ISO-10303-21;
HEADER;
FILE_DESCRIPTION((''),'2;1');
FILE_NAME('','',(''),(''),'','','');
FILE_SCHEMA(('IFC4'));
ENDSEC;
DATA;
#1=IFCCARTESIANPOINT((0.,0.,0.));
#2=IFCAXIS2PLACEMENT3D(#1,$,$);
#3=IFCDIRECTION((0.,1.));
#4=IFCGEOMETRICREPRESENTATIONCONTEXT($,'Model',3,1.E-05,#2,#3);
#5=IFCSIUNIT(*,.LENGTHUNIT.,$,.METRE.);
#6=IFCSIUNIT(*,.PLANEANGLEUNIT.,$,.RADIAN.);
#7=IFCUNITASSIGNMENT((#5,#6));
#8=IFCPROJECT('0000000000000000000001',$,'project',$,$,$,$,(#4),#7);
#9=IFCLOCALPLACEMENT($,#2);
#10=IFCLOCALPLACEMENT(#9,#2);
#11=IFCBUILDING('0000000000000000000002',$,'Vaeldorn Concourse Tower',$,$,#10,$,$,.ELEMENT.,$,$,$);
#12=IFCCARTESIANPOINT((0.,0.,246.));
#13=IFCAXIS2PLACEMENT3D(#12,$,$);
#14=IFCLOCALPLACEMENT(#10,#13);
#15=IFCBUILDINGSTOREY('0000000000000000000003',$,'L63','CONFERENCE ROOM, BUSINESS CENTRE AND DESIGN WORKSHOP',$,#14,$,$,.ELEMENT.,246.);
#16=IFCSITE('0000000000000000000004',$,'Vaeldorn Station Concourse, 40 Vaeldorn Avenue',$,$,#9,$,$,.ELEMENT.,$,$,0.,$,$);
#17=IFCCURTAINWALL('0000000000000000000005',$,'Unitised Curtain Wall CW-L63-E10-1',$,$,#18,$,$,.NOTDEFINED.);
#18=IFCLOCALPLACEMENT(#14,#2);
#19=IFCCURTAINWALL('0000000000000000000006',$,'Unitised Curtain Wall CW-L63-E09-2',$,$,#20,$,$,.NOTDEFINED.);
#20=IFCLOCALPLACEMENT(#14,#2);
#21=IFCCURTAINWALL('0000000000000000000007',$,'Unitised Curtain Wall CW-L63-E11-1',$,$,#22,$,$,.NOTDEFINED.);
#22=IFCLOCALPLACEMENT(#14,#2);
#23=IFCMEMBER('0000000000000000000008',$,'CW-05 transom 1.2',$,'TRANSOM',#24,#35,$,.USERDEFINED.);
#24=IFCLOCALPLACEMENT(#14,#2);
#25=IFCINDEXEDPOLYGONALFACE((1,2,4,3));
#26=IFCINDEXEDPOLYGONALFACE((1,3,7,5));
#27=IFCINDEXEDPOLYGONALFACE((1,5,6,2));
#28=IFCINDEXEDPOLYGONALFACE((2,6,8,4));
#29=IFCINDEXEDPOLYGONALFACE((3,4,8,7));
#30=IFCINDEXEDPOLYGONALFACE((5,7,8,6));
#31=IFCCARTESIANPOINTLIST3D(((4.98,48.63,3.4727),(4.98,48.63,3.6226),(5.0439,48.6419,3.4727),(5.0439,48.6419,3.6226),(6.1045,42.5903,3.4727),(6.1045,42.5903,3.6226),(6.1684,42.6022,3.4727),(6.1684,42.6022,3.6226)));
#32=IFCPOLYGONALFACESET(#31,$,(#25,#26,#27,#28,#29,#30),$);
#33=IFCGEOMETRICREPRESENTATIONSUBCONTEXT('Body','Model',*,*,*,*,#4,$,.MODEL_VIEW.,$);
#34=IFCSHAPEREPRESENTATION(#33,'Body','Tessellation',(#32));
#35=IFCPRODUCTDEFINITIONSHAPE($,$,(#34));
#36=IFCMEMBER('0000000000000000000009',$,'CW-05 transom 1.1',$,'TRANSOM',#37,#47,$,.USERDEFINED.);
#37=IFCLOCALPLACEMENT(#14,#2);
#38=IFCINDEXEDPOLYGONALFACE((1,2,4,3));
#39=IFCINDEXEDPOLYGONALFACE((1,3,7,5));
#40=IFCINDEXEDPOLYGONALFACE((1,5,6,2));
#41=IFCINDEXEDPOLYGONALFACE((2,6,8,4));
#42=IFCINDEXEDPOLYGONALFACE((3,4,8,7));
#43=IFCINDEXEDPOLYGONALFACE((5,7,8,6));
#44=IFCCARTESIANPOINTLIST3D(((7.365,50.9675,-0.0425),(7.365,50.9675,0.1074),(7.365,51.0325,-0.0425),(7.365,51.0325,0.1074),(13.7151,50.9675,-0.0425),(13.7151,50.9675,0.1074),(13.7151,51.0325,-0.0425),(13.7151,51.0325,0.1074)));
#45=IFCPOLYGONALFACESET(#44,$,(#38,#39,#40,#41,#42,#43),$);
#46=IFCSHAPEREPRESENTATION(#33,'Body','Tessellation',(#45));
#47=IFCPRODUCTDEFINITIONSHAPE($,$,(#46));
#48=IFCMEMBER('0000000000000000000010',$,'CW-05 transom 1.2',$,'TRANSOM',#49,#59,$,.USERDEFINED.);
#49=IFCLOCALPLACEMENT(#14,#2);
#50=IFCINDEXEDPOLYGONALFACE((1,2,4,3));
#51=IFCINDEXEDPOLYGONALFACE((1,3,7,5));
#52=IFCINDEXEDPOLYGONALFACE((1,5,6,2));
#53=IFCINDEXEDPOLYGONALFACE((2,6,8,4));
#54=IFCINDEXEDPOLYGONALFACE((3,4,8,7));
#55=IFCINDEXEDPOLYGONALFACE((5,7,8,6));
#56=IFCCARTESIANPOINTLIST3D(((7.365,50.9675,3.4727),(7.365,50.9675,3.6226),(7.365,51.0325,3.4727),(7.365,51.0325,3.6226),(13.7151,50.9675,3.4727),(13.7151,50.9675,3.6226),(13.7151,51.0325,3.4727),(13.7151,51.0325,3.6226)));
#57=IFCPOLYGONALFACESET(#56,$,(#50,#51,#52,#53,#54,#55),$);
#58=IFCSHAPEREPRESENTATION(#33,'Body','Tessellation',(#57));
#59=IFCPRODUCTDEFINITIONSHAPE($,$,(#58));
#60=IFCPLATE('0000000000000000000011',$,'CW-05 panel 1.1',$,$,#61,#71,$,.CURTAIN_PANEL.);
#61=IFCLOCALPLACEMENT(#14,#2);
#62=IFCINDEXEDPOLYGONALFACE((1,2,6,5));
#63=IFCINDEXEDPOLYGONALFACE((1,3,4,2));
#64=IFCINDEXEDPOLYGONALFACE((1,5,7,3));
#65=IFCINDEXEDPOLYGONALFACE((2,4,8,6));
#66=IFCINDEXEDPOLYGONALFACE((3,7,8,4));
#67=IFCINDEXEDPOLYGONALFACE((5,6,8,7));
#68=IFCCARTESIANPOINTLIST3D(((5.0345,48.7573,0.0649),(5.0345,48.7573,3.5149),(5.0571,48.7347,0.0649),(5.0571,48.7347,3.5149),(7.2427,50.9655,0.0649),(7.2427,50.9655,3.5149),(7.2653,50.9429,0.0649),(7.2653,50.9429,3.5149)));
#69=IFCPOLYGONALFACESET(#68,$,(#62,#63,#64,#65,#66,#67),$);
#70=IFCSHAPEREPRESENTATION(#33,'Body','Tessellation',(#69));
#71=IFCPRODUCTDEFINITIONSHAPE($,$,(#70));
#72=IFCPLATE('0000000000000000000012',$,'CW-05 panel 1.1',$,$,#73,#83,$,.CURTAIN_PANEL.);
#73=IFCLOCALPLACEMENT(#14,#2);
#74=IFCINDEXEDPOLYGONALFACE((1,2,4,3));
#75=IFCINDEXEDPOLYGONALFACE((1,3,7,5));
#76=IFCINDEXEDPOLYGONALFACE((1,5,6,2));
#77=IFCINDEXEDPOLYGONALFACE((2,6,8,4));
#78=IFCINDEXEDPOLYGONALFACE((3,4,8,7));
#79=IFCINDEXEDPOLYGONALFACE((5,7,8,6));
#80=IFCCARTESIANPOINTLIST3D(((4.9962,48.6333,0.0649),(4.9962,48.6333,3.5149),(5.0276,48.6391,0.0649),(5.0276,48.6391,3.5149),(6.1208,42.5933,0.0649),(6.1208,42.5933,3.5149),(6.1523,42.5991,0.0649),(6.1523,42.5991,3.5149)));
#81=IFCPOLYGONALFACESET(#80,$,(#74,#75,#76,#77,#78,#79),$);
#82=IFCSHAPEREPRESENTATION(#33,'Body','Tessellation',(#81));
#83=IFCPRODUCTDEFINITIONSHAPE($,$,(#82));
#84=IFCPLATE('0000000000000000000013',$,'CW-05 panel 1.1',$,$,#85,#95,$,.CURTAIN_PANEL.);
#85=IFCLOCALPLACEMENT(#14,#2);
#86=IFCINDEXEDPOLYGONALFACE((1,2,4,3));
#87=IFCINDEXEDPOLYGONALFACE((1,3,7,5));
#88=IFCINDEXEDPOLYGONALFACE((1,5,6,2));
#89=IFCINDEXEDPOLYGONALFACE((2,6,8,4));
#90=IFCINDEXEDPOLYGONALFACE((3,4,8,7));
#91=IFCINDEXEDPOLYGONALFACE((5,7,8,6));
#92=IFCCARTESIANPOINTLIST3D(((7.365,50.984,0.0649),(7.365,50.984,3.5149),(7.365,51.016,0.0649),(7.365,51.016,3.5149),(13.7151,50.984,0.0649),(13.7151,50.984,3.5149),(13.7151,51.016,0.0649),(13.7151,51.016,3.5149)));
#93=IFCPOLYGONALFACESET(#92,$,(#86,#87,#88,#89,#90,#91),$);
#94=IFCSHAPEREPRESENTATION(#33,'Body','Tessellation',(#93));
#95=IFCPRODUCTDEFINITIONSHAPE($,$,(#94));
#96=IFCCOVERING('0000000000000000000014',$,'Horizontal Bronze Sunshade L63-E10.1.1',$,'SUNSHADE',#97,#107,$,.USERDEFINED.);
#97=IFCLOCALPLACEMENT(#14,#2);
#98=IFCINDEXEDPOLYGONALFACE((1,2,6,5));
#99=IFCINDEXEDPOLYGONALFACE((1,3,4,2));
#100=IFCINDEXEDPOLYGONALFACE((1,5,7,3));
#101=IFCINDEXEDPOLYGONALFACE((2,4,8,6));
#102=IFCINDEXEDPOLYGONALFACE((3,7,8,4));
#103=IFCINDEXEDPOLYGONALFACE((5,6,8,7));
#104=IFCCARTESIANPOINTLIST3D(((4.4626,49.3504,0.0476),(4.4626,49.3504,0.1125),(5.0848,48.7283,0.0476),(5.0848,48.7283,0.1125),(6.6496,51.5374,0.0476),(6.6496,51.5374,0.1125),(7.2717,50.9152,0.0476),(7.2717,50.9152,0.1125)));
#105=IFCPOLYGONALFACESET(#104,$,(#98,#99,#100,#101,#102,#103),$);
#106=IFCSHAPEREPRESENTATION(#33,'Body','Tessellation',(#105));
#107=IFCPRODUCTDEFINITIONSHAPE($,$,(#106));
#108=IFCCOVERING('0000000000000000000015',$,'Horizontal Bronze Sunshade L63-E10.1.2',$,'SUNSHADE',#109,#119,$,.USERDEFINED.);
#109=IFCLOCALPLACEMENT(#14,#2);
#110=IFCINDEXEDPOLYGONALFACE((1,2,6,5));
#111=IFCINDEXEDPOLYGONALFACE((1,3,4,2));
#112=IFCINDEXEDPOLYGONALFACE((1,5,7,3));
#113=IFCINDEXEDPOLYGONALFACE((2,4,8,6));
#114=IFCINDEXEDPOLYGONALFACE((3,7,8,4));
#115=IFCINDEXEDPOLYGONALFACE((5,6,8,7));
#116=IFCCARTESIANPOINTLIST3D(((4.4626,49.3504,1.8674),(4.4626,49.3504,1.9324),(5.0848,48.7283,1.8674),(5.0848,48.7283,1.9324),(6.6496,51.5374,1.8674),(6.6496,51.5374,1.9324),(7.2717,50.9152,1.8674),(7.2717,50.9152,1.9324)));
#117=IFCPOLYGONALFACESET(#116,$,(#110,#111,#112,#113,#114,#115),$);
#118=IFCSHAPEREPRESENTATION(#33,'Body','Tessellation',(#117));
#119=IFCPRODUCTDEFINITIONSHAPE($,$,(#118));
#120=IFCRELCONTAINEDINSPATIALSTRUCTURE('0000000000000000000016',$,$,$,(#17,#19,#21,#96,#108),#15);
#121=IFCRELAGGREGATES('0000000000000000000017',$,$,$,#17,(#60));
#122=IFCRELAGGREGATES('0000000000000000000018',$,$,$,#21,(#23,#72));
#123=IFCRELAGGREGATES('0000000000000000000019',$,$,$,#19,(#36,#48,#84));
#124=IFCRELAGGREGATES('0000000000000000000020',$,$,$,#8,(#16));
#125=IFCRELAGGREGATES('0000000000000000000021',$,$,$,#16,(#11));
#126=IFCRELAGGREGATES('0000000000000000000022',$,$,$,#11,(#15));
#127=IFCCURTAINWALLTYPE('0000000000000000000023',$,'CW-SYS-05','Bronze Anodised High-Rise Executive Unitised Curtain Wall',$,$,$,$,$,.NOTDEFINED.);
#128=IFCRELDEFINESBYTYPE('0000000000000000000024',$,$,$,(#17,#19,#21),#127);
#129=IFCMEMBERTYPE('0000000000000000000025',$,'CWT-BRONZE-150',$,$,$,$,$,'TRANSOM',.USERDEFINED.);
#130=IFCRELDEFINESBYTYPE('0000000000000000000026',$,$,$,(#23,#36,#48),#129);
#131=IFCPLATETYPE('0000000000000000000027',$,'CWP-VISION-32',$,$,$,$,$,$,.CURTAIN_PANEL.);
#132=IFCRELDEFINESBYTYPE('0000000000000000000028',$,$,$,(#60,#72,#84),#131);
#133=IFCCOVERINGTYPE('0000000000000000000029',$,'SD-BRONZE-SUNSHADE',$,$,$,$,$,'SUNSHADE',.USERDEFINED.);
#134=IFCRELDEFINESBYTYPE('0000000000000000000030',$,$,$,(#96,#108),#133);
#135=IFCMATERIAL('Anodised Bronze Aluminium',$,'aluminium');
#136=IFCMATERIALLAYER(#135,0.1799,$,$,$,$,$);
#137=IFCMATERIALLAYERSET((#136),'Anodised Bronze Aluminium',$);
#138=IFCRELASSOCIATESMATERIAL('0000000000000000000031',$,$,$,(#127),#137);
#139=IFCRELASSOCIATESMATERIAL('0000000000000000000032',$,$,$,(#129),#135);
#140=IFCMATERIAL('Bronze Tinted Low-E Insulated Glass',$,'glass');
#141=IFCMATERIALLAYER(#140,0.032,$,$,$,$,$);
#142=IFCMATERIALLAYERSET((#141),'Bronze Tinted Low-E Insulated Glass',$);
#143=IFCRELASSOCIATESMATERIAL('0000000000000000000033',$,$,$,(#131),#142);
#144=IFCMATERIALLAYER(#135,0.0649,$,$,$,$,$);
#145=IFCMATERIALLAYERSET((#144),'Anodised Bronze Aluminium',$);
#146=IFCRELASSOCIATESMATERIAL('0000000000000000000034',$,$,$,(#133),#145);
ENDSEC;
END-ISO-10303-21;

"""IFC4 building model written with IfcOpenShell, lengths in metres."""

from ifc_helpers import new_model, si_unit, direction, frame, origin, origin_2d, place, context, subcontext, project, spatial, rectangle, extrude, source, transform, mapped, material, layer, layer_set, material_profile, profile_set, type_object, element, aggregate, save


model = new_model("IFC4")

# Units and contexts
model_context = context("Model", 3, precision=1e-05, world=origin(), true_north=direction((0.0, 1.0)))
body_context = subcontext(model_context, "Body", "Model", "MODEL_VIEW")
ifc_project = project(units=[si_unit("LENGTHUNIT", "METRE"), si_unit("PLANEANGLEUNIT", "RADIAN")], contexts=[model_context])

# Site, building, storey
site_placement = place(None, origin())
site = spatial("IfcSite", under=ifc_project, at=site_placement, Name="Vaeldorn Station Concourse, 40 Vaeldorn Avenue", CompositionType="ELEMENT", RefElevation=0.0)
building_placement = place(site_placement, origin())
building = spatial("IfcBuilding", under=site, at=building_placement, Name="Vaeldorn Concourse Tower", CompositionType="ELEMENT")
storey_placement = place(building_placement, frame((0.0, 0.0, 246.0)))
storey = spatial("IfcBuildingStorey", under=building, at=storey_placement, Name="L63", Description="CONFERENCE ROOM, BUSINESS CENTRE AND DESIGN WORKSHOP", CompositionType="ELEMENT", Elevation=246.0)

# Curtain walls
ifc_material_1 = material(Name="Anodised Bronze Aluminium", Category="aluminium")
ifc_layer_1 = layer(ifc_material_1, 0.1799)
ifc_layer_set_1 = layer_set([ifc_layer_1], Name="Anodised Bronze Aluminium")
curtain_wall_type = type_object("IfcCurtainWallType", Name="CW-SYS-05", Description="Bronze Anodised High-Rise Executive Unitised Curtain Wall", PredefinedType="NOTDEFINED", material=ifc_layer_set_1)
curtain_wall_1_placement = place(storey_placement, origin())
curtain_wall_1 = element("IfcCurtainWall", 1, at=curtain_wall_1_placement, inside=storey, type_object=curtain_wall_type, Name="Unitised Curtain Wall CW-L63-E10-1", PredefinedType="NOTDEFINED")
ifc_material_profile_1 = material_profile(ifc_material_1, rectangle(XDim=0.0649, YDim=0.1499, at=origin_2d()), Name="CWT 65x150")
ifc_profile_set_1 = profile_set([ifc_material_profile_1], Name="Anodised Bronze Aluminium")
member_type_1 = type_object("IfcMemberType", Name="CWT-BRONZE-150", ElementType="TRANSOM", PredefinedType="USERDEFINED", material=ifc_profile_set_1)
curtain_wall_2_placement = place(storey_placement, origin())
curtain_wall_2 = element("IfcCurtainWall", 2, at=curtain_wall_2_placement, inside=storey, type_object=curtain_wall_type, Name="Unitised Curtain Wall CW-L63-E09-2", PredefinedType="NOTDEFINED")

# Curtain wall, member
curtain_wall_3_placement = place(storey_placement, origin())
curtain_wall_3 = element("IfcCurtainWall", 3, at=curtain_wall_3_placement, inside=storey, type_object=curtain_wall_type, Name="Unitised Curtain Wall CW-L63-E11-1", PredefinedType="NOTDEFINED")
shared_shape_1 = source(origin(), body_context, "Body", "SweptSolid", [
    extrude(rectangle(XDim=0.0649, YDim=0.1499, at=origin_2d()), origin(), (0.0, 0.0, 1.0), 6.1436),
])
member_1_placement = place(storey_placement, frame((5.012, 48.636, 3.5476), z_axis=(0.183038, -0.983106, 0.0), x_axis=(0.983106, 0.183038, 0.0)))
member_1 = element("IfcMember", 4, at=member_1_placement, type_object=member_type_1, Name="CW-05 transom 1.2", ObjectType="TRANSOM", PredefinedType="USERDEFINED", context=body_context, shape_type="MappedRepresentation", body=[
    mapped(shared_shape_1, transform((0.0, 0.0, 0.0), scale=1.0)),
])

# Members
shared_shape_2 = source(origin(), body_context, "Body", "SweptSolid", [
    extrude(rectangle(XDim=0.0649, YDim=0.1499, at=origin_2d()), origin(), (0.0, 0.0, 1.0), 6.3501),
])
member_2_placement = place(storey_placement, frame((13.7151, 51.0, 0.0325), z_axis=(-1.0, 0.0, 0.0), x_axis=(0.0, -1.0, 0.0)))
member_2 = element("IfcMember", 5, at=member_2_placement, type_object=member_type_1, Name="CW-05 transom 1.1", ObjectType="TRANSOM", PredefinedType="USERDEFINED", context=body_context, shape_type="MappedRepresentation", body=[
    mapped(shared_shape_2, transform((0.0, 0.0, 0.0), scale=1.0)),
])
member_3_placement = place(storey_placement, frame((13.7151, 51.0, 3.5476), z_axis=(-1.0, 0.0, 0.0), x_axis=(0.0, -1.0, 0.0)))
member_3 = element("IfcMember", 6, at=member_3_placement, type_object=member_type_1, Name="CW-05 transom 1.2", ObjectType="TRANSOM", PredefinedType="USERDEFINED", context=body_context, shape_type="MappedRepresentation", body=[
    mapped(shared_shape_2, transform((0.0, 0.0, 0.0), scale=1.0)),
])

# Plates
ifc_material_2 = material(Name="Bronze Tinted Low-E Insulated Glass", Category="glass")
ifc_layer_2 = layer(ifc_material_2, 0.032)
ifc_layer_set_2 = layer_set([ifc_layer_2], Name="Bronze Tinted Low-E Insulated Glass")
plate_type = type_object("IfcPlateType", Name="CWP-VISION-32", PredefinedType="CURTAIN_PANEL", material=ifc_layer_set_2)
shared_shape_3 = source(origin(), body_context, "Body", "SweptSolid", [
    extrude(rectangle(XDim=3.1228, YDim=0.032, at=origin_2d()), origin(), (0.0, 0.0, 1.0), 3.45),
])
plate_1_placement = place(storey_placement, frame((6.1499, 49.8501, 0.0649), z_axis=(0.0, 0.0, 1.0), x_axis=(-0.707107, -0.707107, 0.0)))
plate_1 = element("IfcPlate", 7, at=plate_1_placement, type_object=plate_type, Name="CW-05 panel 1.1", PredefinedType="CURTAIN_PANEL", context=body_context, shape_type="MappedRepresentation", body=[
    mapped(shared_shape_3, transform((0.0, 0.0, 0.0), scale=1.0)),
])
aggregate(curtain_wall_1, [plate_1])
shared_shape_4 = source(origin(), body_context, "Body", "SweptSolid", [
    extrude(rectangle(XDim=6.1438, YDim=0.032, at=origin_2d()), origin(), (0.0, 0.0, 1.0), 3.45),
])
plate_2_placement = place(storey_placement, frame((5.5742, 45.6162, 0.0649), z_axis=(0.0, 0.0, 1.0), x_axis=(0.183054, -0.983103, 0.0)))
plate_2 = element("IfcPlate", 8, at=plate_2_placement, type_object=plate_type, Name="CW-05 panel 1.1", PredefinedType="CURTAIN_PANEL", context=body_context, shape_type="MappedRepresentation", body=[
    mapped(shared_shape_4, transform((0.0, 0.0, 0.0), scale=1.0)),
])
aggregate(curtain_wall_3, [member_1, plate_2])
shared_shape_5 = source(origin(), body_context, "Body", "SweptSolid", [
    extrude(rectangle(XDim=6.3501, YDim=0.032, at=origin_2d()), origin(), (0.0, 0.0, 1.0), 3.45),
])
plate_3_placement = place(storey_placement, frame((10.54, 51.0, 0.0649), z_axis=(0.0, 0.0, 1.0), x_axis=(-1.0, 0.0, 0.0)))
plate_3 = element("IfcPlate", 9, at=plate_3_placement, type_object=plate_type, Name="CW-05 panel 1.1", PredefinedType="CURTAIN_PANEL", context=body_context, shape_type="MappedRepresentation", body=[
    mapped(shared_shape_5, transform((0.0, 0.0, 0.0), scale=1.0)),
])
aggregate(curtain_wall_2, [member_2, member_3, plate_3])

# Coverings
ifc_layer_3 = layer(ifc_material_1, 0.0649)
ifc_layer_set_3 = layer_set([ifc_layer_3], Name="Anodised Bronze Aluminium")
covering_type = type_object("IfcCoveringType", Name="SD-BRONZE-SUNSHADE", ElementType="SUNSHADE", PredefinedType="USERDEFINED", material=ifc_layer_set_3)
shared_shape_6 = source(origin(), body_context, "Body", "SweptSolid", [
    extrude(rectangle(XDim=3.0928, YDim=0.8799, at=origin_2d()), origin(), (0.0, 0.0, 1.0), 0.0649),
])
for number, where, z_axis, x_axis, name in (
    (10, (5.8672, 50.1328, 0.0476), (0.0, 0.0, 1.0), (-0.707107, -0.707107, 0.0), "Horizontal Bronze Sunshade L63-E10.1.1"),
    (11, (5.8672, 50.1328, 1.8674), (0.0, 0.0, 1.0), (-0.707107, -0.707107, 0.0), "Horizontal Bronze Sunshade L63-E10.1.2"),
):
    element("IfcCovering", number, at=place(storey_placement, frame(where, z_axis=z_axis, x_axis=x_axis)), inside=storey, type_object=covering_type, Name=name, ObjectType="SUNSHADE", PredefinedType="USERDEFINED", context=body_context, shape_type="MappedRepresentation", body=[
        mapped(shared_shape_6, transform((0.0, 0.0, 0.0), scale=1.0)),
    ])

save(model, "model.ifc")
